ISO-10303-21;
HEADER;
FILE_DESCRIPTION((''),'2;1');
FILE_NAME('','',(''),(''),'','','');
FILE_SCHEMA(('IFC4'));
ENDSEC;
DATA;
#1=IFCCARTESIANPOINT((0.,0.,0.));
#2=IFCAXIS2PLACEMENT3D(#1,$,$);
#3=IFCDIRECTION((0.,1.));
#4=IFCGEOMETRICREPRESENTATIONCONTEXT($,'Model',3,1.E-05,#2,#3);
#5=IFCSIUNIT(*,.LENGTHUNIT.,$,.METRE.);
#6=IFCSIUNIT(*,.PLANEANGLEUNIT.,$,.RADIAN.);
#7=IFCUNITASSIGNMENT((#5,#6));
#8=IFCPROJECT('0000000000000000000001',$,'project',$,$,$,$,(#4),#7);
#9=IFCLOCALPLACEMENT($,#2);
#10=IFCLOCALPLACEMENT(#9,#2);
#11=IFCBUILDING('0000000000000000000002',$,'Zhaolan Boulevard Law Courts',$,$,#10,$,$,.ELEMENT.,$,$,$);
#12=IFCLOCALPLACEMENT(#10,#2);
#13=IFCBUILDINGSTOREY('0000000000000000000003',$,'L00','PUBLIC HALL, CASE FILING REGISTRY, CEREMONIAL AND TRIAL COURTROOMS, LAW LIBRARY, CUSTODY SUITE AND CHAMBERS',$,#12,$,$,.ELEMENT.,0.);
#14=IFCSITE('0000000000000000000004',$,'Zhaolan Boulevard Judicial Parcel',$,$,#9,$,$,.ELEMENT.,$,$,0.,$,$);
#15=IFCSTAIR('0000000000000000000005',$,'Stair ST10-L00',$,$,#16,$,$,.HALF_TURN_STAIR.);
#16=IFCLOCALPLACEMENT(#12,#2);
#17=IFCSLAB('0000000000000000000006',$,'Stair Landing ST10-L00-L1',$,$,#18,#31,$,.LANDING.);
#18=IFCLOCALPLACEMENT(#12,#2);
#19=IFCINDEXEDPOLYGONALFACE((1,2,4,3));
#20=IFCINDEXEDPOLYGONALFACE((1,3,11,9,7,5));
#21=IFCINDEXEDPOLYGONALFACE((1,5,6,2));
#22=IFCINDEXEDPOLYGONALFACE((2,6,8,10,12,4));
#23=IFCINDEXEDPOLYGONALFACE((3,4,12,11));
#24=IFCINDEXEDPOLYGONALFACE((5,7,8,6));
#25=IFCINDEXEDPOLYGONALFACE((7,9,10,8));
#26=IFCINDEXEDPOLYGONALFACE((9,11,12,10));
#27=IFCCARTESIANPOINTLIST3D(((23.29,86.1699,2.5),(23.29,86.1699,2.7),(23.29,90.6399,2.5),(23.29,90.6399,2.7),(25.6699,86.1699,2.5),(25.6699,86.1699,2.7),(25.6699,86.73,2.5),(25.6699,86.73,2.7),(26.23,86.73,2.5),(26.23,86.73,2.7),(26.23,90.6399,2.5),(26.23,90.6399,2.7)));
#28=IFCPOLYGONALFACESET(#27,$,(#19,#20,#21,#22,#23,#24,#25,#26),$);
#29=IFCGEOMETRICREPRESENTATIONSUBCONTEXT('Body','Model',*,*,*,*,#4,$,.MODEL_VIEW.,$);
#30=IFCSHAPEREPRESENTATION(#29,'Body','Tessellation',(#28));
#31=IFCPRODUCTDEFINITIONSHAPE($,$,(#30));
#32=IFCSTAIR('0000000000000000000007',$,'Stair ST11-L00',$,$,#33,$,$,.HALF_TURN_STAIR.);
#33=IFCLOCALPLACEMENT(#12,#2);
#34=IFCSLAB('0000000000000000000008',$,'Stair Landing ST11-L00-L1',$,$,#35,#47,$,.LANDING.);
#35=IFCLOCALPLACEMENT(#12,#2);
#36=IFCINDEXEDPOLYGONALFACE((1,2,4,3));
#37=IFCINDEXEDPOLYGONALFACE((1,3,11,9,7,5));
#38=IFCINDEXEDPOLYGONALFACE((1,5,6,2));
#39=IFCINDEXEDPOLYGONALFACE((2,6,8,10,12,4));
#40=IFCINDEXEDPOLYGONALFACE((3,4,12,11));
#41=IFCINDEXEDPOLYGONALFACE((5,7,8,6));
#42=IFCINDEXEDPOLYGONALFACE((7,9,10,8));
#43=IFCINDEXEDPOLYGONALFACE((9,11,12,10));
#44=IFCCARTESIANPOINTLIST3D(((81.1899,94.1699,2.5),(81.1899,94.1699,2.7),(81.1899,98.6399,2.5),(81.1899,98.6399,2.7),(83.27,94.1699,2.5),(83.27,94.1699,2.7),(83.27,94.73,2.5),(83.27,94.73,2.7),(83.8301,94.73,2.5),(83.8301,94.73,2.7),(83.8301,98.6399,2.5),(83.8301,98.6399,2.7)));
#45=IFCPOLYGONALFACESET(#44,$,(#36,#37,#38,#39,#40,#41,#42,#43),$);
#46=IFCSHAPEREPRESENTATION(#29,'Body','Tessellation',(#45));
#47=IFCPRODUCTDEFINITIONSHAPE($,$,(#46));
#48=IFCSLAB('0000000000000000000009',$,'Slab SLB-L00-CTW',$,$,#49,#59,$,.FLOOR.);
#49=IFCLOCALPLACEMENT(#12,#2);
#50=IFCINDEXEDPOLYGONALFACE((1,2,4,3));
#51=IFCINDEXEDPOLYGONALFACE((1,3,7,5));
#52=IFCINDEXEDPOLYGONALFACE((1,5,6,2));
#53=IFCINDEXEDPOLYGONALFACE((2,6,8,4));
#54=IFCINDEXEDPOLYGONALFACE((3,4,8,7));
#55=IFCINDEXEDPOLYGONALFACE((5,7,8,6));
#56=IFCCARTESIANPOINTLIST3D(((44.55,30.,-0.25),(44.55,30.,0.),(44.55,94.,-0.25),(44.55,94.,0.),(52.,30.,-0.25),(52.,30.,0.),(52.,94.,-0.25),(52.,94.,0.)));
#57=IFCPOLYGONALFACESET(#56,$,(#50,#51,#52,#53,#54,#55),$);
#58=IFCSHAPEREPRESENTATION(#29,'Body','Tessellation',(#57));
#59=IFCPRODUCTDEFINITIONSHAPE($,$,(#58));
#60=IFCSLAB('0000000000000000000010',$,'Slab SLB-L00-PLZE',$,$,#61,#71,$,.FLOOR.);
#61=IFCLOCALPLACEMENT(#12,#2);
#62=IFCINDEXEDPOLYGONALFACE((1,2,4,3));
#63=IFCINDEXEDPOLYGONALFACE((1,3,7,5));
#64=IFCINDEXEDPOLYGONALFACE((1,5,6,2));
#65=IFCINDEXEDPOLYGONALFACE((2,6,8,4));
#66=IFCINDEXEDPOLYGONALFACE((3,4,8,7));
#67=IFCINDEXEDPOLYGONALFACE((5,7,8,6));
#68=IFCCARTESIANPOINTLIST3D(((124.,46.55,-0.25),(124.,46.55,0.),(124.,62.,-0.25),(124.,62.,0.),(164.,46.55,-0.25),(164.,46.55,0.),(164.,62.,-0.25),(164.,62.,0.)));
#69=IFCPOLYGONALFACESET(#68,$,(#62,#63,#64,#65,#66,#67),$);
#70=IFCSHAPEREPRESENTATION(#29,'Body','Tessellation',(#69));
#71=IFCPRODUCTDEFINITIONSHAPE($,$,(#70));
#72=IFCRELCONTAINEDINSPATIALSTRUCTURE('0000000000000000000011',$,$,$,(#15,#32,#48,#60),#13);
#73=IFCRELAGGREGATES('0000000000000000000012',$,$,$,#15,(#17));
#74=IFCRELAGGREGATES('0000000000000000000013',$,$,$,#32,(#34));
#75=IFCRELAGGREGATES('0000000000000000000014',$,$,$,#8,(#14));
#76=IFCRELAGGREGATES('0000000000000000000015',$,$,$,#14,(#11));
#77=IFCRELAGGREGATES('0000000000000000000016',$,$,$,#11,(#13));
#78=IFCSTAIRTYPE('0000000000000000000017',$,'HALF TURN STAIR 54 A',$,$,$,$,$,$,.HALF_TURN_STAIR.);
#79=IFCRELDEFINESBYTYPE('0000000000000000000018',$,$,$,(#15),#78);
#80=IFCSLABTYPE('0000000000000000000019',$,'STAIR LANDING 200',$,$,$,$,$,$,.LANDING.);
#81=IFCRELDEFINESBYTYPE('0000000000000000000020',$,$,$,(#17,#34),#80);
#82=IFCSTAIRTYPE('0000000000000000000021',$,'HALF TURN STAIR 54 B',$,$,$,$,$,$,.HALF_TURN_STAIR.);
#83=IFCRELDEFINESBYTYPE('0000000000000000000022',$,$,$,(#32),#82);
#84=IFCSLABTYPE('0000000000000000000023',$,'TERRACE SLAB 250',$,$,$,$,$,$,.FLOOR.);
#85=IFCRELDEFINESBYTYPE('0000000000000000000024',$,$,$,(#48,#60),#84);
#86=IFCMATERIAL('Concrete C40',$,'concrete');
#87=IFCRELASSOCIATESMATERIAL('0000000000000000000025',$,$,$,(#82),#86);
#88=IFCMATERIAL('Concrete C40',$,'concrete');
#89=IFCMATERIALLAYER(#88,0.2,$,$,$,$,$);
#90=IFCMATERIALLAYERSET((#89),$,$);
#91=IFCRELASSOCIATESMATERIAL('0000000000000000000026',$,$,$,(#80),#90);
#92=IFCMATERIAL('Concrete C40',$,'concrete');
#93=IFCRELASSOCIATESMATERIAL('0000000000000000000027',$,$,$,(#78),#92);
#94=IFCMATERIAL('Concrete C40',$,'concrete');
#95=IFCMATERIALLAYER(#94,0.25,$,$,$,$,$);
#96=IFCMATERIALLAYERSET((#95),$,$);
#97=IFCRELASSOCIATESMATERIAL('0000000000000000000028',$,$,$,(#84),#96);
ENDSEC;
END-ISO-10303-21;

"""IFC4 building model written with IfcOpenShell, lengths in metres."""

from ifc_helpers import new_model, si_unit, direction, frame, origin, place, context, subcontext, project, spatial, polyline, outline, extrude, material, layer, layer_set, type_object, element, aggregate, save


model = new_model("IFC4")

# Units and contexts
model_context = context("Model", 3, precision=1e-05, world=origin(), true_north=direction((0.0, 1.0)))
body_context = subcontext(model_context, "Body", "Model", "MODEL_VIEW")
ifc_project = project(units=[si_unit("LENGTHUNIT", "METRE"), si_unit("PLANEANGLEUNIT", "RADIAN")], contexts=[model_context])

# Site, building, storey
site_placement = place(None, origin())
site = spatial("IfcSite", under=ifc_project, at=site_placement, Name="Zhaolan Boulevard Judicial Parcel", CompositionType="ELEMENT", RefElevation=0.0)
building_placement = place(site_placement, origin())
building = spatial("IfcBuilding", under=site, at=building_placement, Name="Zhaolan Boulevard Law Courts", CompositionType="ELEMENT")
storey_placement = place(building_placement, origin())
storey = spatial("IfcBuildingStorey", under=building, at=storey_placement, Name="L00", Description="PUBLIC HALL, CASE FILING REGISTRY, CEREMONIAL AND TRIAL COURTROOMS, LAW LIBRARY, CUSTODY SUITE AND CHAMBERS", CompositionType="ELEMENT", Elevation=0.0)

# Stairs, slabs
ifc_material_1 = material(Name="Concrete C40", Category="concrete")
stair_type_1 = type_object("IfcStairType", Name="HALF TURN STAIR 54 B", PredefinedType="HALF_TURN_STAIR", material=ifc_material_1)
ifc_material_2 = material(Name="Concrete C40", Category="concrete")
ifc_layer_1 = layer(ifc_material_2, 0.2)
ifc_layer_set_1 = layer_set([ifc_layer_1])
slab_type_1 = type_object("IfcSlabType", Name="STAIR LANDING 200", PredefinedType="LANDING", material=ifc_layer_set_1)
ifc_material_3 = material(Name="Concrete C40", Category="concrete")
stair_type_2 = type_object("IfcStairType", Name="HALF TURN STAIR 54 A", PredefinedType="HALF_TURN_STAIR", material=ifc_material_3)
stair_1_placement = place(storey_placement, origin())
stair_1 = element("IfcStair", 1, at=stair_1_placement, inside=storey, type_object=stair_type_2, Name="Stair ST10-L00", PredefinedType="HALF_TURN_STAIR")
slab_1_placement = place(storey_placement, frame((0.0, 0.0, 2.5)))
slab_1 = element("IfcSlab", 2, at=slab_1_placement, type_object=slab_type_1, Name="Stair Landing ST10-L00-L1", PredefinedType="LANDING", context=body_context, shape_type="SweptSolid", body=[
    extrude(outline(polyline([(23.29, 86.1699), (25.6699, 86.1699), (25.6699, 86.73), (26.23, 86.73), (26.23, 90.6399), (23.29, 90.6399), (23.29, 86.1699)])), origin(), (0.0, 0.0, 1.0), 0.2),
])
aggregate(stair_1, [slab_1])
stair_2_placement = place(storey_placement, origin())
stair_2 = element("IfcStair", 3, at=stair_2_placement, inside=storey, type_object=stair_type_1, Name="Stair ST11-L00", PredefinedType="HALF_TURN_STAIR")
slab_2_placement = place(storey_placement, frame((0.0, 0.0, 2.5)))
slab_2 = element("IfcSlab", 4, at=slab_2_placement, type_object=slab_type_1, Name="Stair Landing ST11-L00-L1", PredefinedType="LANDING", context=body_context, shape_type="SweptSolid", body=[
    extrude(outline(polyline([(81.1899, 94.1699), (83.27, 94.1699), (83.27, 94.73), (83.8301, 94.73), (83.8301, 98.6399), (81.1899, 98.6399), (81.1899, 94.1699)])), origin(), (0.0, 0.0, 1.0), 0.2),
])
aggregate(stair_2, [slab_2])

# Slabs
ifc_material_4 = material(Name="Concrete C40", Category="concrete")
ifc_layer_2 = layer(ifc_material_4, 0.25)
ifc_layer_set_2 = layer_set([ifc_layer_2])
slab_type_2 = type_object("IfcSlabType", Name="TERRACE SLAB 250", PredefinedType="FLOOR", material=ifc_layer_set_2)
slab_3_placement = place(storey_placement, frame((0.0, 0.0, -0.25)))
element("IfcSlab", 5, at=slab_3_placement, inside=storey, type_object=slab_type_2, Name="Slab SLB-L00-CTW", PredefinedType="FLOOR", context=body_context, shape_type="SweptSolid", body=[
    extrude(outline(polyline([(44.55, 30.0), (52.0, 30.0), (52.0, 94.0), (44.55, 94.0), (44.55, 30.0)])), origin(), (0.0, 0.0, 1.0), 0.25),
])
slab_4_placement = place(storey_placement, frame((0.0, 0.0, -0.25)))
element("IfcSlab", 6, at=slab_4_placement, inside=storey, type_object=slab_type_2, Name="Slab SLB-L00-PLZE", PredefinedType="FLOOR", context=body_context, shape_type="SweptSolid", body=[
    extrude(outline(polyline([(124.0, 46.55), (164.0, 46.55), (164.0, 62.0), (124.0, 62.0), (124.0, 46.55)])), origin(), (0.0, 0.0, 1.0), 0.25),
])

save(model, "model.ifc")
